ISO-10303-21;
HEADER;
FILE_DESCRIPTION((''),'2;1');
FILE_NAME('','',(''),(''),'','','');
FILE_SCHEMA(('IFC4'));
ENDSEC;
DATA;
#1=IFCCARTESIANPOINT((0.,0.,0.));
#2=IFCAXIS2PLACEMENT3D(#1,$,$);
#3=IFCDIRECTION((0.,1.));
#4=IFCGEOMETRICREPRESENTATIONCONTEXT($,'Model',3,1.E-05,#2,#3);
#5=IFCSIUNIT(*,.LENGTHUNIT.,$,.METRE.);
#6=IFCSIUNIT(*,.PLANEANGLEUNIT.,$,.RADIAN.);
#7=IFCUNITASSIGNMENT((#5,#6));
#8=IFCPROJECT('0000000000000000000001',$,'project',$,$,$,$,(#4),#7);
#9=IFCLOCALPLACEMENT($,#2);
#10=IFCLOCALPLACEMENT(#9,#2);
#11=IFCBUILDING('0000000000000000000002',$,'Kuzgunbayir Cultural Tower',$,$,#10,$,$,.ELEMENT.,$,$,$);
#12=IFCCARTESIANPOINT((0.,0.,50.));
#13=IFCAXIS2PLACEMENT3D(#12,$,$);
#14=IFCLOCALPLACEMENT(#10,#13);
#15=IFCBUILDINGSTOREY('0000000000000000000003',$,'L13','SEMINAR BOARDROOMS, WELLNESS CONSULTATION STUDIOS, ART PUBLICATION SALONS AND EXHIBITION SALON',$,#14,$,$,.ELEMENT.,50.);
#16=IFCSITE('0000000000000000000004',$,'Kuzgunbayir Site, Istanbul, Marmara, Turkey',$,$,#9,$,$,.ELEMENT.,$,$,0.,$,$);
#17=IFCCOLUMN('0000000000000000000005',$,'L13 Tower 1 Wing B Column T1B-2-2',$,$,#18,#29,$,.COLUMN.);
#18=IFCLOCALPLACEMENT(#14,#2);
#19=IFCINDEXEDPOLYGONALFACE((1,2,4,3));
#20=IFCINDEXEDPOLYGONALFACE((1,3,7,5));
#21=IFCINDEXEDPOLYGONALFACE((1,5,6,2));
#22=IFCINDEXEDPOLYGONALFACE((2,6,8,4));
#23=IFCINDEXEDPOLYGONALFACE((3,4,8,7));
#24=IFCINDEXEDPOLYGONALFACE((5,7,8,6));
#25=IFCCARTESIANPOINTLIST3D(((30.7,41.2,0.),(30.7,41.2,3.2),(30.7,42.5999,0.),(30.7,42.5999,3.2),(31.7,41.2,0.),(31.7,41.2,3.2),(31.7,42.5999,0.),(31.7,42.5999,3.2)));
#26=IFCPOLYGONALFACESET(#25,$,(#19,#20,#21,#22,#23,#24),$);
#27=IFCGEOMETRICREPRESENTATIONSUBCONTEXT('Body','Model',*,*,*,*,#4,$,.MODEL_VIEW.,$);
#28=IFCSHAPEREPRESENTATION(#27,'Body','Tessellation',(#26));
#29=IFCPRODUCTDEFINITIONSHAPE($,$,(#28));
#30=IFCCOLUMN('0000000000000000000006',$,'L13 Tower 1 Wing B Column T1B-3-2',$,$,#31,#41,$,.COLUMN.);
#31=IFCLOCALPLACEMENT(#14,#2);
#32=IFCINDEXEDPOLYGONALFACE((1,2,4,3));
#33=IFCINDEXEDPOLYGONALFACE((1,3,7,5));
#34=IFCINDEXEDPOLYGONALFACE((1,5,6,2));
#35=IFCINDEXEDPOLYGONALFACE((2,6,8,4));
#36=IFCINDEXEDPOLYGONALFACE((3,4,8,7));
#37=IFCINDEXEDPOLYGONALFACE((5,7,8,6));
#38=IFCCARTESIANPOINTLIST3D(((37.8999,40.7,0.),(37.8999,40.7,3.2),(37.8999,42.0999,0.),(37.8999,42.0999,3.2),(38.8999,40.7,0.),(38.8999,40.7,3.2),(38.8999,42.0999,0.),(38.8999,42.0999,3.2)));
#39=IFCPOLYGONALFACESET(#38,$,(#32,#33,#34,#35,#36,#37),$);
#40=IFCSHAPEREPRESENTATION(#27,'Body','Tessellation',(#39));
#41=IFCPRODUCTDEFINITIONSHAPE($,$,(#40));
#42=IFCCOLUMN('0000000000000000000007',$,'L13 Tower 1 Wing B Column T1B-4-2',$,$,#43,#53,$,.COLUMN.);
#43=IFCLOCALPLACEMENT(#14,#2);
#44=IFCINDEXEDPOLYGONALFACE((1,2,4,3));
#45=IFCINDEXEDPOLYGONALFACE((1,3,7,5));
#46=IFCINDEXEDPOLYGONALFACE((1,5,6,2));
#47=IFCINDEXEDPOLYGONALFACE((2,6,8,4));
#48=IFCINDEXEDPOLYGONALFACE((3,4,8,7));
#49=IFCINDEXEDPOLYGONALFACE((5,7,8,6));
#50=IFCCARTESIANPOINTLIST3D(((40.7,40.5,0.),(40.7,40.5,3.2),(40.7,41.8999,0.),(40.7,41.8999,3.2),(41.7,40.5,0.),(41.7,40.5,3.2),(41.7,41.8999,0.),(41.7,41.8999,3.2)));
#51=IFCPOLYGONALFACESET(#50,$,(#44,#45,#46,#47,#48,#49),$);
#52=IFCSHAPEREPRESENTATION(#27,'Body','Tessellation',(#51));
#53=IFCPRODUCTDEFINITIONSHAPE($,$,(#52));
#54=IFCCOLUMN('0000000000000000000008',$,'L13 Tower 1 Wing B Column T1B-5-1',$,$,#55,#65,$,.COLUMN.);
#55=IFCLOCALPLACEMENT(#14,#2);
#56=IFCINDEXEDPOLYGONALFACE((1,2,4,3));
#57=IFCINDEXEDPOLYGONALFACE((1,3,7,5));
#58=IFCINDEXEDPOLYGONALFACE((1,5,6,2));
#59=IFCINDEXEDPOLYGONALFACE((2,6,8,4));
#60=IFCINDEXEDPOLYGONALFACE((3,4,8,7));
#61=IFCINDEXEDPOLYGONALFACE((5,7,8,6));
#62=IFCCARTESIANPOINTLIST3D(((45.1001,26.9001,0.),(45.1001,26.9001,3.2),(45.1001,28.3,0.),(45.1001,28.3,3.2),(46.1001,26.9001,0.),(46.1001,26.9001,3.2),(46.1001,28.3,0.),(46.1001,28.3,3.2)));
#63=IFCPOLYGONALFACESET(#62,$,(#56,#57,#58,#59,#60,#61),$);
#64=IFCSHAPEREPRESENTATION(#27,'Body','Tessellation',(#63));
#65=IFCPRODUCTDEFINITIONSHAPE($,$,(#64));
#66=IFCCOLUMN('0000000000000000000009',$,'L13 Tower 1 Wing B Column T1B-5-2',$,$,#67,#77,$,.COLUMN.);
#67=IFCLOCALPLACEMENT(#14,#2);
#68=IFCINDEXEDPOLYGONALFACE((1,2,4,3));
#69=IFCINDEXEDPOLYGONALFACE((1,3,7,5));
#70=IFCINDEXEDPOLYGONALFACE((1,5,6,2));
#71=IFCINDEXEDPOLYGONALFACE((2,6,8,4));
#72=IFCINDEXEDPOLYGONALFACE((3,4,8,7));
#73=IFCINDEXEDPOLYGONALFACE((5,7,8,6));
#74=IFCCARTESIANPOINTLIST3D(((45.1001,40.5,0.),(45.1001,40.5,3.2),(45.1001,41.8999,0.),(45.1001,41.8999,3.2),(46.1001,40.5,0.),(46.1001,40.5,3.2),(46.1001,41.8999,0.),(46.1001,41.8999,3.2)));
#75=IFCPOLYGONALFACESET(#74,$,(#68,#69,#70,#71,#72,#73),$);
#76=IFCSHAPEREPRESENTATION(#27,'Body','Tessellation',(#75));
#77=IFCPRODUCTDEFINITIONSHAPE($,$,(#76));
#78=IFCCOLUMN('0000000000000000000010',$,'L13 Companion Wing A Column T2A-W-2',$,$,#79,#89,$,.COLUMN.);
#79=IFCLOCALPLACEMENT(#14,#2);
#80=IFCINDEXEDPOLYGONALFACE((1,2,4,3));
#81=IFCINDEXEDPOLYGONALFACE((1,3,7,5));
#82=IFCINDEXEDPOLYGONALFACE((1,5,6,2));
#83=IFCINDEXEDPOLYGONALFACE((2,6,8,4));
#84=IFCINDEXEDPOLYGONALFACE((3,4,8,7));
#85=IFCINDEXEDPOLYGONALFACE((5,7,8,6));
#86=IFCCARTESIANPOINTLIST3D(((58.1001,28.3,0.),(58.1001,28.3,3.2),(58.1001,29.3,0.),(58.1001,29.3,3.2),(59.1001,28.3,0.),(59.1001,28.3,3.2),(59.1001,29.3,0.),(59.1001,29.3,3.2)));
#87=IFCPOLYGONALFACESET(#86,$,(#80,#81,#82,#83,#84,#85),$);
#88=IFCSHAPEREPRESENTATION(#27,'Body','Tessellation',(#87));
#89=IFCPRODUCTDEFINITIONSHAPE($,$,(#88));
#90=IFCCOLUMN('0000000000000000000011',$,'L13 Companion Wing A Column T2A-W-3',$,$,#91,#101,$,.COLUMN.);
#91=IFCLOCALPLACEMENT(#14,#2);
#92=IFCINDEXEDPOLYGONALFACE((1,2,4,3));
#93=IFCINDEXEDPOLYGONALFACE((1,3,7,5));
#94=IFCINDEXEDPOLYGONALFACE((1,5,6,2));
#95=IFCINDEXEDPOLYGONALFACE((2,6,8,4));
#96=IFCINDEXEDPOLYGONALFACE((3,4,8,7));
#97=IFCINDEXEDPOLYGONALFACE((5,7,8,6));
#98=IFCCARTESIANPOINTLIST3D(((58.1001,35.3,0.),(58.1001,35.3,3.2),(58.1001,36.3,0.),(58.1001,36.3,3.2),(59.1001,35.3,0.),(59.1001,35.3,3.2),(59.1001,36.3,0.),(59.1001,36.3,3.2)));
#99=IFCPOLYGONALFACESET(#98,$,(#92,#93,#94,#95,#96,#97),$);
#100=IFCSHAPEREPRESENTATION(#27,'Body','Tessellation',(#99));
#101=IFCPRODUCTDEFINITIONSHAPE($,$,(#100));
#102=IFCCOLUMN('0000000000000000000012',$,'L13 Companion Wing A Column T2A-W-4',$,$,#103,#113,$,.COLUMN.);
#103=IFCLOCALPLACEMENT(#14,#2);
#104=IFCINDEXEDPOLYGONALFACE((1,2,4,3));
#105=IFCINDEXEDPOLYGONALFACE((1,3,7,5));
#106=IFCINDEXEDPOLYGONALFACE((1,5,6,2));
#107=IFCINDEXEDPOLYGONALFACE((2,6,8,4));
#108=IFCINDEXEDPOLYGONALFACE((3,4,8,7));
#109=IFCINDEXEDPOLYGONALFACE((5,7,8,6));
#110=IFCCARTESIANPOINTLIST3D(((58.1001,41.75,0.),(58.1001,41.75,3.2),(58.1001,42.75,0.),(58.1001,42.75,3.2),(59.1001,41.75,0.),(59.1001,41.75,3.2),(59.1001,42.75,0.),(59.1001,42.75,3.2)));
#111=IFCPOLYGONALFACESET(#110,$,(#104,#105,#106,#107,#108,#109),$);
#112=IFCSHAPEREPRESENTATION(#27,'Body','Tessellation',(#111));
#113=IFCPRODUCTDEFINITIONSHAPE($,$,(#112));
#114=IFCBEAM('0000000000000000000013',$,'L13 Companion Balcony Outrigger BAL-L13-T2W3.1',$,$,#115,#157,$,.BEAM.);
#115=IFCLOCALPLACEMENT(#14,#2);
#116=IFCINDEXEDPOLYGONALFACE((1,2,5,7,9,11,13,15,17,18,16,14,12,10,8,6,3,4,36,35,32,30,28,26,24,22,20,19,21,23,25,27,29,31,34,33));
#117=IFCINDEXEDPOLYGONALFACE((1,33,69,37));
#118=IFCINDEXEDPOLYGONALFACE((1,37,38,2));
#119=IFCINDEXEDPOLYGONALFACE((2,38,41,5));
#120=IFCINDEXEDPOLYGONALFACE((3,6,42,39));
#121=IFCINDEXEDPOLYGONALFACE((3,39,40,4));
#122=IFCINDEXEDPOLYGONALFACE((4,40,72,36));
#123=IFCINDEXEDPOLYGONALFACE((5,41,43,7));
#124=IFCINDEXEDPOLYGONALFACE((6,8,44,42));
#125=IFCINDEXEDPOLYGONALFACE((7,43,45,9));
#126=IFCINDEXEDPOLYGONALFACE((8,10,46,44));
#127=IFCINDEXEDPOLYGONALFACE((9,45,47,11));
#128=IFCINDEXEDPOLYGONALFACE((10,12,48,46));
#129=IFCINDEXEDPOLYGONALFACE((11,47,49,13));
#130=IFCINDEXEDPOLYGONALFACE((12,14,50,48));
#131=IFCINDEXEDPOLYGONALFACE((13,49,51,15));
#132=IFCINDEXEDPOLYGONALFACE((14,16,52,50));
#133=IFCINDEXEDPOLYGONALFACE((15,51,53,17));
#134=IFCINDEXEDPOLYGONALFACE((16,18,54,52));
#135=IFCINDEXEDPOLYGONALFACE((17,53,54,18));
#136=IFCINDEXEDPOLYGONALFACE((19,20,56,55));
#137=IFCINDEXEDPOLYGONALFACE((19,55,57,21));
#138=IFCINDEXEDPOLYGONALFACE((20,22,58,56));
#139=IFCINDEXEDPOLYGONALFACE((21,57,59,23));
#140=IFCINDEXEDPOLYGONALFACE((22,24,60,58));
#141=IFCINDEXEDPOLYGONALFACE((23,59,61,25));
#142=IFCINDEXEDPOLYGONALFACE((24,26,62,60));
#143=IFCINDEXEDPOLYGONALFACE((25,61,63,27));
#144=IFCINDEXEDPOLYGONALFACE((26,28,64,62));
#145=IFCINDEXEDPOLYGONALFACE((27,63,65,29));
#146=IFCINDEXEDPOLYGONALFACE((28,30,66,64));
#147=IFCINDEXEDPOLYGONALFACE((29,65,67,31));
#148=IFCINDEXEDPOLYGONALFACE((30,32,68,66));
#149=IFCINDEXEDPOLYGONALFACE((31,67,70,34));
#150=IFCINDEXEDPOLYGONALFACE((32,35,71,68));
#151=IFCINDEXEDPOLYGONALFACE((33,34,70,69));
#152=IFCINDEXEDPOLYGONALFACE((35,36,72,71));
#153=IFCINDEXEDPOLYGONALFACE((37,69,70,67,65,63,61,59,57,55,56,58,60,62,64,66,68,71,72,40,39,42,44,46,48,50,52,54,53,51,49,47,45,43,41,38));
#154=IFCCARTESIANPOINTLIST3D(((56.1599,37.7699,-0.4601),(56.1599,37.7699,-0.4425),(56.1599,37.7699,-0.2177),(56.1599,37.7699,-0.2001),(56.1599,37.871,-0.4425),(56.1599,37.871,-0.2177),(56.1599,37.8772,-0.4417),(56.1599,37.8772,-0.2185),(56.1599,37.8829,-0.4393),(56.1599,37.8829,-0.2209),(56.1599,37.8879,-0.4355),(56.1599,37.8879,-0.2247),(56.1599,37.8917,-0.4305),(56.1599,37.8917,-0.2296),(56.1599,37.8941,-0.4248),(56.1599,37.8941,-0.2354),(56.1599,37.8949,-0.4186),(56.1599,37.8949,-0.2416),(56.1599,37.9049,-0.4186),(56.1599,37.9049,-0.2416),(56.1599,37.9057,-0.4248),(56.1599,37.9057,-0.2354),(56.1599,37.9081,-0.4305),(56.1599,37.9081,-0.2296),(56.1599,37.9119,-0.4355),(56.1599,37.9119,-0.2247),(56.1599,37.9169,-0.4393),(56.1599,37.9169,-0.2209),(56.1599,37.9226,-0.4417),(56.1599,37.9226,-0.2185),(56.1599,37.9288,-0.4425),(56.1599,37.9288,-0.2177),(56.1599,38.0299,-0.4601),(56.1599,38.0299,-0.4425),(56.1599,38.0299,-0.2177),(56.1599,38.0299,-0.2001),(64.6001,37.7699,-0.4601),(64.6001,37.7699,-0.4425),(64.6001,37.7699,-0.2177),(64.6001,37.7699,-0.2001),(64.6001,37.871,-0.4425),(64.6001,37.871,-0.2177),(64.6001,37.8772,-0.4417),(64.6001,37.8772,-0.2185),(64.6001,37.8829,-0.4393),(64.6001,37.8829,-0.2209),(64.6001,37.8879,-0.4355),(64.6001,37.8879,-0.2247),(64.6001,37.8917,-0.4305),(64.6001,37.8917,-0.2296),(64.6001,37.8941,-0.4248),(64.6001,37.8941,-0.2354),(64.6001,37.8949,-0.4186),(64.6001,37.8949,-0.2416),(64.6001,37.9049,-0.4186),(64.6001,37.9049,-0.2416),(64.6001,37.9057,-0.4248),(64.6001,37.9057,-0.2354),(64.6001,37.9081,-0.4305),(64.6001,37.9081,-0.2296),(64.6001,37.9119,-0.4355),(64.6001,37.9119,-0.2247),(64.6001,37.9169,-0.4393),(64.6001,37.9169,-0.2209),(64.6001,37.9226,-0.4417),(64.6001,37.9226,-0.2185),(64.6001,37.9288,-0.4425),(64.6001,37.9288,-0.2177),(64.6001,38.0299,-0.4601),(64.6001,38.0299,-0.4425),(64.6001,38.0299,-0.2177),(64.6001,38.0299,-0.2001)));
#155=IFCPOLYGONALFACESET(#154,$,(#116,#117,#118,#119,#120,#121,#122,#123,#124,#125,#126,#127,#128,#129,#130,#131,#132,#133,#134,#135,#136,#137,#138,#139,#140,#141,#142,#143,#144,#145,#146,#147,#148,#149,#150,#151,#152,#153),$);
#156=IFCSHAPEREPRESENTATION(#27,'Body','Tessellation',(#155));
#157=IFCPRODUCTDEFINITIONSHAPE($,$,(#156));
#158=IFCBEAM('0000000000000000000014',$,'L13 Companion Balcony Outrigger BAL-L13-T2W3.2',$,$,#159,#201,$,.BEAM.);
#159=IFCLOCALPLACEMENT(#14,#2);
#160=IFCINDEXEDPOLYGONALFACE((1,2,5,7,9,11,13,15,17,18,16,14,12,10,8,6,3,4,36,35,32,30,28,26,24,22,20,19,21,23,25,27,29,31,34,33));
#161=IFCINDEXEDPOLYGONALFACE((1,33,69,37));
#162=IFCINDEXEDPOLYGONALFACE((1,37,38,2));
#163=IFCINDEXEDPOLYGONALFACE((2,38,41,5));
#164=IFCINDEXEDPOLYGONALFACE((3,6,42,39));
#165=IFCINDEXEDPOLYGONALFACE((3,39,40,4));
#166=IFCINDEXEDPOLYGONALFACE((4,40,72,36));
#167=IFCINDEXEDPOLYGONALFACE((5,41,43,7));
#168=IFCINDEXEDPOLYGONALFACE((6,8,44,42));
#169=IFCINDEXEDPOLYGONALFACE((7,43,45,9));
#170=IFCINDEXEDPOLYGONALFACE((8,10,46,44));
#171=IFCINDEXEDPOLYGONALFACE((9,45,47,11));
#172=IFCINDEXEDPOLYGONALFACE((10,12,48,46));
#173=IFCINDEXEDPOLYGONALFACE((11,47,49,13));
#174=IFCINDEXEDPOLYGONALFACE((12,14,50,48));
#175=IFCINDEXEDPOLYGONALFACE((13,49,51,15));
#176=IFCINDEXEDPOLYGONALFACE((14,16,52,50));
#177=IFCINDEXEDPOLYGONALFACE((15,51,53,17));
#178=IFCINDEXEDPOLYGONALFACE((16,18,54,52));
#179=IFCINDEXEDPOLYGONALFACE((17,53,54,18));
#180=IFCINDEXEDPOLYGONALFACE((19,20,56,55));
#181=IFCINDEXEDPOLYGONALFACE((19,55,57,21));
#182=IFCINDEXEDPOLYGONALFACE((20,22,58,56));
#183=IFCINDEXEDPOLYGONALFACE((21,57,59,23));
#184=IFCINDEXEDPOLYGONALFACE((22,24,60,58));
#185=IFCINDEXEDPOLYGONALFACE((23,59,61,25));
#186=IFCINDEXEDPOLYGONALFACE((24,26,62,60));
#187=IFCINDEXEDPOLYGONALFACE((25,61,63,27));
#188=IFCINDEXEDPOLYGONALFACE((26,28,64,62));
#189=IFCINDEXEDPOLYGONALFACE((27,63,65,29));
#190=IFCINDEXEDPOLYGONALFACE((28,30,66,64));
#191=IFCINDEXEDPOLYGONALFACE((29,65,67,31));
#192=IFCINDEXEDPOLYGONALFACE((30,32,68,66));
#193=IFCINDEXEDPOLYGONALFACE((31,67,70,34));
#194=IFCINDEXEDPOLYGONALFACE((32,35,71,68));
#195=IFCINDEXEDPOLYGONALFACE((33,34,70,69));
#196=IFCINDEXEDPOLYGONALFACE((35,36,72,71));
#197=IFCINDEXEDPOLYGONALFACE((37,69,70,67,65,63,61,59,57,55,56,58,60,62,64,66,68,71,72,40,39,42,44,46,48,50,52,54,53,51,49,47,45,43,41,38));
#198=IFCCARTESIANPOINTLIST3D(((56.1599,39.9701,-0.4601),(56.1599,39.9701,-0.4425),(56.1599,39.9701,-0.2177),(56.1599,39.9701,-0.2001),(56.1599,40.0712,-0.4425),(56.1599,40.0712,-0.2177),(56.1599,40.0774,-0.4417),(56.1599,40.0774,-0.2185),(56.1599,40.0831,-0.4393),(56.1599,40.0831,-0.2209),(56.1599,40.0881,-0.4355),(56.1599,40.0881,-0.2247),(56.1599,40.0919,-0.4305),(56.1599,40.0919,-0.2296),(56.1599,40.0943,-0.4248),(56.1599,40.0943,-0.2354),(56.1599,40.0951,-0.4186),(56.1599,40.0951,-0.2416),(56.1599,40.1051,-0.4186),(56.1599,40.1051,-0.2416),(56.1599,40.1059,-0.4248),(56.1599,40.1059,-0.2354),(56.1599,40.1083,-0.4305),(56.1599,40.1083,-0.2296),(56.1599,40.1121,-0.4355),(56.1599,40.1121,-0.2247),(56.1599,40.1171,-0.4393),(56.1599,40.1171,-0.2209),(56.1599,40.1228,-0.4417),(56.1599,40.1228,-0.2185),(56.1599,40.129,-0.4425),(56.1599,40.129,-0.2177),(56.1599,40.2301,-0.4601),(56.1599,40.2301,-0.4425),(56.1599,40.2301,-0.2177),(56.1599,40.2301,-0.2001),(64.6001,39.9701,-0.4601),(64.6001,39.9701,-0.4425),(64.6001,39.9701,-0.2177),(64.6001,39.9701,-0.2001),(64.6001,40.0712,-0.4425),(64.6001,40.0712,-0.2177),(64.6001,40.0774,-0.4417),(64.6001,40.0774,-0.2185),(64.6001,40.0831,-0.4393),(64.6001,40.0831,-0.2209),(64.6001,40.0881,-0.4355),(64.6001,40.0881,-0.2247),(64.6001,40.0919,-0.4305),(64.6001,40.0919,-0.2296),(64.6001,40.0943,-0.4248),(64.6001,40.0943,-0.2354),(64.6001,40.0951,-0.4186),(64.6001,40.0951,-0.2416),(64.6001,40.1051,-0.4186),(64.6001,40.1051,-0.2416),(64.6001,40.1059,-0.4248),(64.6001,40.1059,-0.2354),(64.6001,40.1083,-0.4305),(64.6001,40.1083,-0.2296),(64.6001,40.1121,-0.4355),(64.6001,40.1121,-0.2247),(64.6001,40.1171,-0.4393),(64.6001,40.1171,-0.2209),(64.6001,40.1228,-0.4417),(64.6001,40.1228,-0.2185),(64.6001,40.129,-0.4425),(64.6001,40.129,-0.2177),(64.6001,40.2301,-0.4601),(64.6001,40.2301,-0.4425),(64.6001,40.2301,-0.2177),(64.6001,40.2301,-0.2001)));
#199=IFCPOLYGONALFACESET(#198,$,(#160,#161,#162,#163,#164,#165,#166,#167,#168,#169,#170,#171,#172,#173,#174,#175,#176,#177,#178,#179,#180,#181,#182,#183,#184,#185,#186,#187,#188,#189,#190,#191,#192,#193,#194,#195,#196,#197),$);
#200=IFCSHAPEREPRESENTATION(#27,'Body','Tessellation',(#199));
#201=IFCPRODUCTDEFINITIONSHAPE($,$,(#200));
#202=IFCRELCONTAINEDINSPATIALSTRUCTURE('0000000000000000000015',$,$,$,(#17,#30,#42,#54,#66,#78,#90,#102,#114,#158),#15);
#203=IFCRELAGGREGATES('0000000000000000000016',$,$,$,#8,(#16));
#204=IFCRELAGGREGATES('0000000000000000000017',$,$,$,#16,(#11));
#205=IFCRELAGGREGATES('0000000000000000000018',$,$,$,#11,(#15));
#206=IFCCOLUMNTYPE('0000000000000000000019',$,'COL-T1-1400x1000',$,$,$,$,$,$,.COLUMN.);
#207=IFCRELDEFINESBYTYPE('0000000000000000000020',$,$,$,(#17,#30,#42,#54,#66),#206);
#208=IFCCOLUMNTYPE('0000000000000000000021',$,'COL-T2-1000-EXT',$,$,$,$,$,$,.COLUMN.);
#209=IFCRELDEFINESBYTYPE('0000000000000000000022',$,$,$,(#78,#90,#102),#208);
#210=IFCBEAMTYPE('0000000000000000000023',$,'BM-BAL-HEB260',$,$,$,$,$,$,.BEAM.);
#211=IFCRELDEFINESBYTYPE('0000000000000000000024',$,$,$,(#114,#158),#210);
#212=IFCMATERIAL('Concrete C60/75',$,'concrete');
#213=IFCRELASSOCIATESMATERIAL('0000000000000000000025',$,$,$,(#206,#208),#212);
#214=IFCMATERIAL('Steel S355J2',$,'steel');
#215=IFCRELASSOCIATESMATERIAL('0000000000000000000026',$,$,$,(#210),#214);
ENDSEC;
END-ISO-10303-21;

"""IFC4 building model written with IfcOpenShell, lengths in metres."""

from ifc_helpers import new_model, si_unit, direction, frame, origin, origin_2d, place, context, subcontext, project, spatial, rectangle, i_section, extrude, material, material_profile, profile_set, type_object, element, save


model = new_model("IFC4")

# Units and contexts
model_context = context("Model", 3, precision=1e-05, world=origin(), true_north=direction((0.0, 1.0)))
body_context = subcontext(model_context, "Body", "Model", "MODEL_VIEW")
ifc_project = project(units=[si_unit("LENGTHUNIT", "METRE"), si_unit("PLANEANGLEUNIT", "RADIAN")], contexts=[model_context])

# Site, building, storey
site_placement = place(None, origin())
site = spatial("IfcSite", under=ifc_project, at=site_placement, Name="Kuzgunbayir Site, Istanbul, Marmara, Turkey", CompositionType="ELEMENT", RefElevation=0.0)
building_placement = place(site_placement, origin())
building = spatial("IfcBuilding", under=site, at=building_placement, Name="Kuzgunbayir Cultural Tower", CompositionType="ELEMENT")
storey_placement = place(building_placement, frame((0.0, 0.0, 50.0)))
storey = spatial("IfcBuildingStorey", under=building, at=storey_placement, Name="L13", Description="SEMINAR BOARDROOMS, WELLNESS CONSULTATION STUDIOS, ART PUBLICATION SALONS AND EXHIBITION SALON", CompositionType="ELEMENT", Elevation=50.0)

# Columns
ifc_material_1 = material(Name="Concrete C60/75", Category="concrete")
ifc_material_profile_1 = material_profile(ifc_material_1, rectangle(XDim=1.0, YDim=1.3999, at=origin_2d()), Name="RC 1400x1000")
ifc_profile_set_1 = profile_set([ifc_material_profile_1], Name="Concrete C60/75")
column_type_1 = type_object("IfcColumnType", Name="COL-T1-1400x1000", PredefinedType="COLUMN", material=ifc_profile_set_1)
for number, where, z_axis, x_axis, name in (
    (1, (31.2, 41.8999, 0.0), (0.0, 0.0, 1.0), (1.0, 0.0, 0.0), "L13 Tower 1 Wing B Column T1B-2-2"),
    (2, (38.3999, 41.3999, 0.0), (0.0, 0.0, 1.0), (1.0, 0.0, 0.0), "L13 Tower 1 Wing B Column T1B-3-2"),
    (3, (41.2, 41.2, 0.0), (0.0, 0.0, 1.0), (1.0, 0.0, 0.0), "L13 Tower 1 Wing B Column T1B-4-2"),
    (4, (45.6001, 27.6001, 0.0), (0.0, 0.0, 1.0), (1.0, 0.0, 0.0), "L13 Tower 1 Wing B Column T1B-5-1"),
    (5, (45.6001, 41.2, 0.0), (0.0, 0.0, 1.0), (1.0, 0.0, 0.0), "L13 Tower 1 Wing B Column T1B-5-2"),
):
    element("IfcColumn", number, at=place(storey_placement, frame(where, z_axis=z_axis, x_axis=x_axis)), inside=storey, type_object=column_type_1, Name=name, PredefinedType="COLUMN", context=body_context, shape_type="SweptSolid", body=[
        extrude(rectangle(XDim=1.0, YDim=1.3999, at=origin_2d()), origin(), (0.0, 0.0, 1.0), 3.2),
    ])
ifc_material_profile_2 = material_profile(ifc_material_1, rectangle(XDim=1.0, YDim=1.0, at=origin_2d()), Name="RC 1000x1000")
ifc_profile_set_2 = profile_set([ifc_material_profile_2], Name="Concrete C60/75")
column_type_2 = type_object("IfcColumnType", Name="COL-T2-1000-EXT", PredefinedType="COLUMN", material=ifc_profile_set_2)
for number, where, z_axis, x_axis, name in (
    (6, (58.6001, 28.8, 0.0), (0.0, 0.0, 1.0), (1.0, 0.0, 0.0), "L13 Companion Wing A Column T2A-W-2"),
    (7, (58.6001, 35.8, 0.0), (0.0, 0.0, 1.0), (1.0, 0.0, 0.0), "L13 Companion Wing A Column T2A-W-3"),
    (8, (58.6001, 42.25, 0.0), (0.0, 0.0, 1.0), (1.0, 0.0, 0.0), "L13 Companion Wing A Column T2A-W-4"),
):
    element("IfcColumn", number, at=place(storey_placement, frame(where, z_axis=z_axis, x_axis=x_axis)), inside=storey, type_object=column_type_2, Name=name, PredefinedType="COLUMN", context=body_context, shape_type="SweptSolid", body=[
        extrude(rectangle(XDim=1.0, YDim=1.0, at=origin_2d()), origin(), (0.0, 0.0, 1.0), 3.2),
    ])

# Beams
ifc_material_2 = material(Name="Steel S355J2", Category="steel")
ifc_material_profile_3 = material_profile(ifc_material_2, i_section(OverallWidth=0.26, OverallDepth=0.26, WebThickness=0.01, FlangeThickness=0.0176, FilletRadius=0.0239, at=origin_2d()), Name="HEB 260")
ifc_profile_set_3 = profile_set([ifc_material_profile_3], Name="Steel S355J2")
beam_type_1 = type_object("IfcBeamType", Name="BM-BAL-HEB260", PredefinedType="BEAM", material=ifc_profile_set_3)
for number, where, z_axis, x_axis, name in (
    (9, (56.1599, 37.8999, -0.3301), (1.0, 0.0, 0.0), (0.0, 1.0, 0.0), "L13 Companion Balcony Outrigger BAL-L13-T2W3.1"),
    (10, (56.1599, 40.1001, -0.3301), (1.0, 0.0, 0.0), (0.0, 1.0, 0.0), "L13 Companion Balcony Outrigger BAL-L13-T2W3.2"),
):
    element("IfcBeam", number, at=place(storey_placement, frame(where, z_axis=z_axis, x_axis=x_axis)), inside=storey, type_object=beam_type_1, Name=name, PredefinedType="BEAM", context=body_context, shape_type="SweptSolid", body=[
        extrude(i_section(OverallWidth=0.26, OverallDepth=0.26, WebThickness=0.01, FlangeThickness=0.0176, FilletRadius=0.0239, at=origin_2d()), origin(), (0.0, 0.0, 1.0), 8.4402),
    ])

save(model, "model.ifc")
